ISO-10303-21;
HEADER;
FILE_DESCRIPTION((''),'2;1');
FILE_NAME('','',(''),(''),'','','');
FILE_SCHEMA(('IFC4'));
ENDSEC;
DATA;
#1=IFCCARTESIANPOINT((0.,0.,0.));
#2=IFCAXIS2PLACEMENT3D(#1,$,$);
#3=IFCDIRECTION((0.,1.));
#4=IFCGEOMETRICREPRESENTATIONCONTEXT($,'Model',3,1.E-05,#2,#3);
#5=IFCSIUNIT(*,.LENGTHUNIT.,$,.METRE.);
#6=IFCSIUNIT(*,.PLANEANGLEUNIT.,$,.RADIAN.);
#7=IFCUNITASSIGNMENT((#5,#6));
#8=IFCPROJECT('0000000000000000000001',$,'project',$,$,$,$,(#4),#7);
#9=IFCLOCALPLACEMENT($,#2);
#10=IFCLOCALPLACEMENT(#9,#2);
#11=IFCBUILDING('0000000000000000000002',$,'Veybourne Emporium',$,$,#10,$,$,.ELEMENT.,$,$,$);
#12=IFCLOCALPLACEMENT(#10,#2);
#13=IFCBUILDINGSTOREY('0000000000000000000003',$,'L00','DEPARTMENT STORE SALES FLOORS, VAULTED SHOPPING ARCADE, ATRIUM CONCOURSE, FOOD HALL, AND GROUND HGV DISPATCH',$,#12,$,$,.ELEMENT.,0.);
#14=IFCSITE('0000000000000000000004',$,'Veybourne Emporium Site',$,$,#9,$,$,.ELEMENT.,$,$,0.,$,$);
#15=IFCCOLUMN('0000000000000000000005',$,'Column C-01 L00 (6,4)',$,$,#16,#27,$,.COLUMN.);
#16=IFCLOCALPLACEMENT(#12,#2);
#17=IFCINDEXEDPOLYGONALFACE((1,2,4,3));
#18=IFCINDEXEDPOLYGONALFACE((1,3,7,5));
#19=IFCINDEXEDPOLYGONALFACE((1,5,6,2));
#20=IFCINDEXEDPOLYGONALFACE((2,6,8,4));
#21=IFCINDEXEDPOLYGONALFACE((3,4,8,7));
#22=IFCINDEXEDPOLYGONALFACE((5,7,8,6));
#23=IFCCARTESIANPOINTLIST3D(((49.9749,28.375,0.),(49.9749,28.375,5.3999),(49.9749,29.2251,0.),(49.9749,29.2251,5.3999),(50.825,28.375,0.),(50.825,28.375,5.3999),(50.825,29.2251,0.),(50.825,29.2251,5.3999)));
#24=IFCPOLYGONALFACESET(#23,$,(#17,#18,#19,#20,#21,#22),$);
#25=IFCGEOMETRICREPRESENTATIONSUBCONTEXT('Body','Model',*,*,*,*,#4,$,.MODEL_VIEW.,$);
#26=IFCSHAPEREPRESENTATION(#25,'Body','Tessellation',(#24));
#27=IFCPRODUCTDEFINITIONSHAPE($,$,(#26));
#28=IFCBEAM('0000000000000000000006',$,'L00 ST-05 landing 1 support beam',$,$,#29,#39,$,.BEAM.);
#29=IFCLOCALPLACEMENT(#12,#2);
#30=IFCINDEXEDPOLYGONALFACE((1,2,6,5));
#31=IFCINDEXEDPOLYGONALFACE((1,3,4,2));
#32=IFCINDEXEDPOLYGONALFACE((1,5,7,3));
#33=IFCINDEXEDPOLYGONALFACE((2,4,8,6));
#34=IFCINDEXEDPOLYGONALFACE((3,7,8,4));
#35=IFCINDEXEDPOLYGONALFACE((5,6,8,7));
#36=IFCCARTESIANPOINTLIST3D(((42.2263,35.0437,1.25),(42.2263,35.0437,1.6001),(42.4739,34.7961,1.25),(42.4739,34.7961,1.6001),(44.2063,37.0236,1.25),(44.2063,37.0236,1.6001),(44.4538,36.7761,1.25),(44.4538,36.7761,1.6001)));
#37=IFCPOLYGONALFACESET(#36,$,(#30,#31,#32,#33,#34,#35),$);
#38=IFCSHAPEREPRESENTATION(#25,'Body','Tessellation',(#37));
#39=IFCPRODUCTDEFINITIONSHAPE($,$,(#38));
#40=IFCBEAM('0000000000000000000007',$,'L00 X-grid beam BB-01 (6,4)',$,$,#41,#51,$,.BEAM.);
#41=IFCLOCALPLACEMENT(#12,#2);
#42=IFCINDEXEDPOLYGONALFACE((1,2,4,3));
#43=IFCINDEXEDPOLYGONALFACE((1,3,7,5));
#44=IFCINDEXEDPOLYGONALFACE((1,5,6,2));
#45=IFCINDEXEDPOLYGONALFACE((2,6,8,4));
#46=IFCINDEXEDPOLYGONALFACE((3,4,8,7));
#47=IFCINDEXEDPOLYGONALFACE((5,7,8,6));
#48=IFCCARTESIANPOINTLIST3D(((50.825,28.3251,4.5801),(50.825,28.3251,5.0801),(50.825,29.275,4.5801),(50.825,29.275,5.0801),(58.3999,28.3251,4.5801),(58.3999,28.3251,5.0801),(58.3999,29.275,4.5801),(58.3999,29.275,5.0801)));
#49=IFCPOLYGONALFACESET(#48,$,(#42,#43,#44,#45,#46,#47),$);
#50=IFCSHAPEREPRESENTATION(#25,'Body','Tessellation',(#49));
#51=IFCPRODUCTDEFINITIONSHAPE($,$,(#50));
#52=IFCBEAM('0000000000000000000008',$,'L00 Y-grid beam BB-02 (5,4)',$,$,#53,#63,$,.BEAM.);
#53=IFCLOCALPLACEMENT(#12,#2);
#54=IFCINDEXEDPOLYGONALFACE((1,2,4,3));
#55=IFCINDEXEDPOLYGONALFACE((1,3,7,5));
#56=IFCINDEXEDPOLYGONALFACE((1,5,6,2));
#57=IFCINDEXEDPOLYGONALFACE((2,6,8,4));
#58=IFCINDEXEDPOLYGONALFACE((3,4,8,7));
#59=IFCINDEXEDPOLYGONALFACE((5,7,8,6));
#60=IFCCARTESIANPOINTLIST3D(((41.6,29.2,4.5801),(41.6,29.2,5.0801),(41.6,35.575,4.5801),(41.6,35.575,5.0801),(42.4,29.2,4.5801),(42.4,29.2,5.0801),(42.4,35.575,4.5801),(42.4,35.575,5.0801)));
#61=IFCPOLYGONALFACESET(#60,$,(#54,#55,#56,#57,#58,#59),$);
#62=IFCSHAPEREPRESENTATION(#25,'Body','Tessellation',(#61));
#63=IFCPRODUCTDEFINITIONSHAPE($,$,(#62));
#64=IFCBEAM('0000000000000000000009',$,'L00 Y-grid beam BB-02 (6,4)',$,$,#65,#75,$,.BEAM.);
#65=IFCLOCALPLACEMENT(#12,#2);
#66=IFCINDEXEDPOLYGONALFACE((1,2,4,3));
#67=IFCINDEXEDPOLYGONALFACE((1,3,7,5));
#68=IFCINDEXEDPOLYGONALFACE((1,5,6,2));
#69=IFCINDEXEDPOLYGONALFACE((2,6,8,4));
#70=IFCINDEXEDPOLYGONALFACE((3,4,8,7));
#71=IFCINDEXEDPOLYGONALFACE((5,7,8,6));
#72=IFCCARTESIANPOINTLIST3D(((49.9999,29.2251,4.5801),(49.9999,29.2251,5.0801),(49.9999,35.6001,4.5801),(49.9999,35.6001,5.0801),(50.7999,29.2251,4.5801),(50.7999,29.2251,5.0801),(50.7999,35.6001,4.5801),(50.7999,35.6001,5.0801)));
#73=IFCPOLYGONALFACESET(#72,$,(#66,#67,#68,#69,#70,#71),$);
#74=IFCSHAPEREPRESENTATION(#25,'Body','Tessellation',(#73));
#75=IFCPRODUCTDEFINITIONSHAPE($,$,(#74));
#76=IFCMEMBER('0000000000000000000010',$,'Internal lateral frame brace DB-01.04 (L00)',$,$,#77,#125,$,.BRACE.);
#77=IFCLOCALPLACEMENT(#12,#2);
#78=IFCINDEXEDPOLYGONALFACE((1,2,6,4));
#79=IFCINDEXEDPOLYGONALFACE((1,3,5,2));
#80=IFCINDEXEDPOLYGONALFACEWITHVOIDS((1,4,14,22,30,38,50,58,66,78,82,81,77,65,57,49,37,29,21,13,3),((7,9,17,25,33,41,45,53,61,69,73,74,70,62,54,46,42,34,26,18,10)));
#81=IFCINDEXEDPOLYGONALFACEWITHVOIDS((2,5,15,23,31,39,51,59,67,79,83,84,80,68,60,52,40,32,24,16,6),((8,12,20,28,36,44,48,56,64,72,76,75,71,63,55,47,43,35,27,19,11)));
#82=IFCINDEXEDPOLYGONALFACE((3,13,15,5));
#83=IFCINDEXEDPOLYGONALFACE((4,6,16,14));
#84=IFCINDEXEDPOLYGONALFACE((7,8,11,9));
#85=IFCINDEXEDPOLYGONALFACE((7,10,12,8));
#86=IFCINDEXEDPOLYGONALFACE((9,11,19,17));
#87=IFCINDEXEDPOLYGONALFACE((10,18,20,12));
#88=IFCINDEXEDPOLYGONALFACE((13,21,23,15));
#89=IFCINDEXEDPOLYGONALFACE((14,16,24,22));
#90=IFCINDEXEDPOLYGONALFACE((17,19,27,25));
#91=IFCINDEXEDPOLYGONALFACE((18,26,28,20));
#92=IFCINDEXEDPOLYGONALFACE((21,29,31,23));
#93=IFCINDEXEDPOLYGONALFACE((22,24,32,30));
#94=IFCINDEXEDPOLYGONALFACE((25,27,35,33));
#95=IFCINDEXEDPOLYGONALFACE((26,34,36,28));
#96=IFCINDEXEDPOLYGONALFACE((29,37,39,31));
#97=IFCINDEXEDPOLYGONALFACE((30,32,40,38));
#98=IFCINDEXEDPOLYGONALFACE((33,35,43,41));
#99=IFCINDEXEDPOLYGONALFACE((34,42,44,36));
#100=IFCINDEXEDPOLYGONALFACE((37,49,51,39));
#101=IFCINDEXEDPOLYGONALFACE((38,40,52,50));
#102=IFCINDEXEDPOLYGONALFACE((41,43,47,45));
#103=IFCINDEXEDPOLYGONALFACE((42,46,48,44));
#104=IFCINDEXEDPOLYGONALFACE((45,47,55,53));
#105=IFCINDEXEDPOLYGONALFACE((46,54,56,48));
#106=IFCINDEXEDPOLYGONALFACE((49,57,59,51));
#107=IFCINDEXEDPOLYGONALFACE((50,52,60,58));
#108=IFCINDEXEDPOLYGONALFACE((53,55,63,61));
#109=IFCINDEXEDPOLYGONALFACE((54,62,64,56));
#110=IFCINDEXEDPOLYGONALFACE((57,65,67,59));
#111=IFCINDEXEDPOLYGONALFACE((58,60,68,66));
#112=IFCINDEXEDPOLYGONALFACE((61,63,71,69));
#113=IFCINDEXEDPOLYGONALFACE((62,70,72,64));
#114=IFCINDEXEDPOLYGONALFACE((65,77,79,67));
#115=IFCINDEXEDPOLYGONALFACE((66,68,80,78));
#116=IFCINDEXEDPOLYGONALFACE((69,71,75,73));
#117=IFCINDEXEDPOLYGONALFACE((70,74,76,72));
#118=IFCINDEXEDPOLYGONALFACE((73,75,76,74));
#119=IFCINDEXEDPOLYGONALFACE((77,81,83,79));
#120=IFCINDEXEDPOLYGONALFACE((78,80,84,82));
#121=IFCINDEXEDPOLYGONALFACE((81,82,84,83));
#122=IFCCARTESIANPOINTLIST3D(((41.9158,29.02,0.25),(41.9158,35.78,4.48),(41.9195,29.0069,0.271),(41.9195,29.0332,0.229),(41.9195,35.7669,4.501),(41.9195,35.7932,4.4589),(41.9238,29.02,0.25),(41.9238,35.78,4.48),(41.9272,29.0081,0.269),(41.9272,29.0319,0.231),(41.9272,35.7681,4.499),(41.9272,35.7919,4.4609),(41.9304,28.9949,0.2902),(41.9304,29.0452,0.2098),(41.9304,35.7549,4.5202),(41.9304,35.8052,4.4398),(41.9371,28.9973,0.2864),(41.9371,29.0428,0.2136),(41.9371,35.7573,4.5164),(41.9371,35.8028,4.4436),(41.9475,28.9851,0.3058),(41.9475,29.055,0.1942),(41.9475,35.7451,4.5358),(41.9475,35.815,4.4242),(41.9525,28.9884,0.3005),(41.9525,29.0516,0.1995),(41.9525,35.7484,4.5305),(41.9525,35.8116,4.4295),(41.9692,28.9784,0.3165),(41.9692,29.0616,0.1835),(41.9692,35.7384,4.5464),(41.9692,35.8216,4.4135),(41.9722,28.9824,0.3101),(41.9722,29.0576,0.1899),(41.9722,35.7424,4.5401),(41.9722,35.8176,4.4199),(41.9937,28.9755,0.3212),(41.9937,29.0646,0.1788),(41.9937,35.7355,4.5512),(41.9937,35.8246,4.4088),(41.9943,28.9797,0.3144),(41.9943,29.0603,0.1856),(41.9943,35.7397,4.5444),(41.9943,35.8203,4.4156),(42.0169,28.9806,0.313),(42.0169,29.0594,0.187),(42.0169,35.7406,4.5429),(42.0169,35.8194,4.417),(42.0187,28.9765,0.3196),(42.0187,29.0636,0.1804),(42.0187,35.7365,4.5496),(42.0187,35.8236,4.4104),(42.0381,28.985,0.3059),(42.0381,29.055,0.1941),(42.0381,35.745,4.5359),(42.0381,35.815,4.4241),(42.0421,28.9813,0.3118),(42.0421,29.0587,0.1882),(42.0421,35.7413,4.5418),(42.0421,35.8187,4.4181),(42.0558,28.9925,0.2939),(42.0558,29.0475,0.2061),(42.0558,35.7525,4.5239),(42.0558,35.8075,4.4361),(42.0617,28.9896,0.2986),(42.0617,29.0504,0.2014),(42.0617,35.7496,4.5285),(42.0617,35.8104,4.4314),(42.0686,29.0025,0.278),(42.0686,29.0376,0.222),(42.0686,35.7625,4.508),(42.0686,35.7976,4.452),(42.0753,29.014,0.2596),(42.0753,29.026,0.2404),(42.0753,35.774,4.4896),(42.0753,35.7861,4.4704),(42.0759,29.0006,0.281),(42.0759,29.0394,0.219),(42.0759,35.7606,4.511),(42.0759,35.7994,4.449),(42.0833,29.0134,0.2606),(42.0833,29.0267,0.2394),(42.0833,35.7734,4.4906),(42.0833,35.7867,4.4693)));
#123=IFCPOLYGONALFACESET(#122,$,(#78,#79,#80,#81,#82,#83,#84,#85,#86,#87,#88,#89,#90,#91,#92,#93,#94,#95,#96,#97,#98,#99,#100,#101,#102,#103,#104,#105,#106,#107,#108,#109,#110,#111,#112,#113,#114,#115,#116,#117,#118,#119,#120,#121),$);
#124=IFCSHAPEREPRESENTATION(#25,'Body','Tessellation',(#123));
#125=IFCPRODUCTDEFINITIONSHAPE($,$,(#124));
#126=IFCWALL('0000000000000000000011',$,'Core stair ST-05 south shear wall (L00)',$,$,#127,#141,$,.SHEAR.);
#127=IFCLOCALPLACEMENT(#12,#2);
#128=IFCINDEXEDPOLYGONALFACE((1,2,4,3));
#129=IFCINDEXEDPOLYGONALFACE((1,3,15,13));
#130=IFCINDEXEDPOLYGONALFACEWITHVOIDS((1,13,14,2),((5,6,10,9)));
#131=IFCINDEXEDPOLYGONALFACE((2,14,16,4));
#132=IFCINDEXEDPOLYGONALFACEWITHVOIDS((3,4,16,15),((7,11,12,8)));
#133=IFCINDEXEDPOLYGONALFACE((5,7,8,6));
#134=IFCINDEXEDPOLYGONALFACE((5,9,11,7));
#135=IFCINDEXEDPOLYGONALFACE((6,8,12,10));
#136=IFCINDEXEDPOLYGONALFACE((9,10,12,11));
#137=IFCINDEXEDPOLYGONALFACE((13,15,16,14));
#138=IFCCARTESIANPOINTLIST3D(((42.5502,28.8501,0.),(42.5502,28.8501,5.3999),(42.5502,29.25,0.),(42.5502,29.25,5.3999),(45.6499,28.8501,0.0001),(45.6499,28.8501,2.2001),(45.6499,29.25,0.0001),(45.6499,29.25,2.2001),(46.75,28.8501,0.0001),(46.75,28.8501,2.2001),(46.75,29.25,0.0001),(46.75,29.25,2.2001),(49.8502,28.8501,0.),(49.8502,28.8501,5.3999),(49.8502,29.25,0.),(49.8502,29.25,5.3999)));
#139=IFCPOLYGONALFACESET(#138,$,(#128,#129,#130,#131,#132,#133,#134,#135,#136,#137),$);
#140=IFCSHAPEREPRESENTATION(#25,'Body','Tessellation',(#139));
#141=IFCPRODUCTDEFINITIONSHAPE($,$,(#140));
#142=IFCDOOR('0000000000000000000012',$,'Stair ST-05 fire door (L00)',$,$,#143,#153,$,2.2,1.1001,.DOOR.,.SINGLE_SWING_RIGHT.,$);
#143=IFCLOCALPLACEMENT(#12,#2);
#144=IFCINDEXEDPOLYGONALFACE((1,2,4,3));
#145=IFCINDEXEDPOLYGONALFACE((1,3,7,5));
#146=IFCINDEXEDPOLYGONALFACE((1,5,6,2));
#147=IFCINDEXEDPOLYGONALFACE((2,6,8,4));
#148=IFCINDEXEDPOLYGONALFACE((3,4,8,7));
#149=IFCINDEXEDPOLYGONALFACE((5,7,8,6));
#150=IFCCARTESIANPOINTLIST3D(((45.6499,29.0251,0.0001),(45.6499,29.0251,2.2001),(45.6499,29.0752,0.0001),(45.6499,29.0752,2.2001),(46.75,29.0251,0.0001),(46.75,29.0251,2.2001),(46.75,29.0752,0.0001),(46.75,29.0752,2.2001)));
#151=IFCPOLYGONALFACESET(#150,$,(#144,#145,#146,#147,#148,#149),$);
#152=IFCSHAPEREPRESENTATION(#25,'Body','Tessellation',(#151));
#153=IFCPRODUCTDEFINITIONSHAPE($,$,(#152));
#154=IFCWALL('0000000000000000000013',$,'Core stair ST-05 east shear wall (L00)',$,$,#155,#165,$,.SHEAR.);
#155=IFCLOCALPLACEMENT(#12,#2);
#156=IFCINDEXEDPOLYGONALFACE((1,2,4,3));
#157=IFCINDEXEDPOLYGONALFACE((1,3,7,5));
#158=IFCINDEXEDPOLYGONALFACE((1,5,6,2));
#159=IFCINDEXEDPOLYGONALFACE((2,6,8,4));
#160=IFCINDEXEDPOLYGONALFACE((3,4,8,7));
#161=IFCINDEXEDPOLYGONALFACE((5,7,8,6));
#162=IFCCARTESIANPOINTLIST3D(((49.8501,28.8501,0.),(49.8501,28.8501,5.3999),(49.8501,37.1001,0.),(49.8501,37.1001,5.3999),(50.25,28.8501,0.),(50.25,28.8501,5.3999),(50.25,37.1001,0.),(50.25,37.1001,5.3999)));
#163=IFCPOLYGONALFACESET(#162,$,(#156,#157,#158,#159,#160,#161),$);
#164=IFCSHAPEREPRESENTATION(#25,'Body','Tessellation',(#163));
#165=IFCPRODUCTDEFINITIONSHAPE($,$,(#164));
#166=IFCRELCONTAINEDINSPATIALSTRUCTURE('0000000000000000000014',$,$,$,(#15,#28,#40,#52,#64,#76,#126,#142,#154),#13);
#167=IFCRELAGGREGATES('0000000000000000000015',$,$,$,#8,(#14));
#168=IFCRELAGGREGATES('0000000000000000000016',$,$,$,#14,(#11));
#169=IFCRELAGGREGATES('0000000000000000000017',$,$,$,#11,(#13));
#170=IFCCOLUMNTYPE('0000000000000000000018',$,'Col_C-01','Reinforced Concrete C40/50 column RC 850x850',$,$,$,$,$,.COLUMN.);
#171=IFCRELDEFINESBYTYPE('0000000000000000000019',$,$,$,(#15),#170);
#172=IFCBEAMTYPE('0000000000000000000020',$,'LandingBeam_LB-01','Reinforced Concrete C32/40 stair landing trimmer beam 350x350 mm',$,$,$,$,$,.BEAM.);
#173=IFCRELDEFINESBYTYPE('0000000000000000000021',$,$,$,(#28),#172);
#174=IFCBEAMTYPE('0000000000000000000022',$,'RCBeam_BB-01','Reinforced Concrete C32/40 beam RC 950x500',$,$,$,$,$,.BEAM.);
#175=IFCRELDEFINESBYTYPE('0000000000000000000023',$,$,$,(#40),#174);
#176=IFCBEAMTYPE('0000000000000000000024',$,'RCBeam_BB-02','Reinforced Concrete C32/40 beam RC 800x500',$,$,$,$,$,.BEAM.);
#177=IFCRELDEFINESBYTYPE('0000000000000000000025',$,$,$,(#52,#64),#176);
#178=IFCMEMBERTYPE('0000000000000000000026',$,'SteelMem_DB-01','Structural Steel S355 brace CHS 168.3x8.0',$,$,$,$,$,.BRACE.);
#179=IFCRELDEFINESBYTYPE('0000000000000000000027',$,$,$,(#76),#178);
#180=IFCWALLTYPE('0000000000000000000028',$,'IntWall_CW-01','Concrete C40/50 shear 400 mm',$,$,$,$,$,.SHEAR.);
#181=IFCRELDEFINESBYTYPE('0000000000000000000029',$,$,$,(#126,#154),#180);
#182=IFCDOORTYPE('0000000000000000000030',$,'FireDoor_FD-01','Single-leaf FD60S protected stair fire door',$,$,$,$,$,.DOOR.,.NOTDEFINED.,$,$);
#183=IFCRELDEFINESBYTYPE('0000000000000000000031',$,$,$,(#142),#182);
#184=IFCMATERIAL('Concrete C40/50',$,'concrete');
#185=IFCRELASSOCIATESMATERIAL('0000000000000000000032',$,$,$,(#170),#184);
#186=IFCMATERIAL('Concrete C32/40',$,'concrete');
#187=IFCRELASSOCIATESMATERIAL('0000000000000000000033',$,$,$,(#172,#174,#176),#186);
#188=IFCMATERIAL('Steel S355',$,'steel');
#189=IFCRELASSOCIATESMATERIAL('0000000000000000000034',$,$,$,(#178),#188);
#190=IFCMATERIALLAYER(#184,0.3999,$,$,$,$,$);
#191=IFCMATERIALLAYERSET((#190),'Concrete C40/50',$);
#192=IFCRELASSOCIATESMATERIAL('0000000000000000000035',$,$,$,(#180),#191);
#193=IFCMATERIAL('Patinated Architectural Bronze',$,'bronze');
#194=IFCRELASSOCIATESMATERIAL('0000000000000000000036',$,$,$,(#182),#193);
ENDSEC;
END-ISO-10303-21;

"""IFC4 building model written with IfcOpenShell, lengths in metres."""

from ifc_helpers import new_model, si_unit, direction, frame, frame_2d, origin, origin_2d, place, context, subcontext, project, spatial, rectangle, hollow_circle, extrude, material, layer, layer_set, material_profile, profile_set, type_object, element, fill, save


model = new_model("IFC4")

# Units and contexts
model_context = context("Model", 3, precision=1e-05, world=origin(), true_north=direction((0.0, 1.0)))
body_context = subcontext(model_context, "Body", "Model", "MODEL_VIEW")
ifc_project = project(units=[si_unit("LENGTHUNIT", "METRE"), si_unit("PLANEANGLEUNIT", "RADIAN")], contexts=[model_context])

# Site, building, storey
site_placement = place(None, origin())
site = spatial("IfcSite", under=ifc_project, at=site_placement, Name="Veybourne Emporium Site", CompositionType="ELEMENT", RefElevation=0.0)
building_placement = place(site_placement, origin())
building = spatial("IfcBuilding", under=site, at=building_placement, Name="Veybourne Emporium", CompositionType="ELEMENT")
storey_placement = place(building_placement, origin())
storey = spatial("IfcBuildingStorey", under=building, at=storey_placement, Name="L00", Description="DEPARTMENT STORE SALES FLOORS, VAULTED SHOPPING ARCADE, ATRIUM CONCOURSE, FOOD HALL, AND GROUND HGV DISPATCH", CompositionType="ELEMENT", Elevation=0.0)

# Column
ifc_material_1 = material(Name="Concrete C40/50", Category="concrete")
ifc_material_profile_1 = material_profile(ifc_material_1, rectangle(XDim=0.8501, YDim=0.8501, at=origin_2d()), Name="RC 850x850")
ifc_profile_set_1 = profile_set([ifc_material_profile_1], Name="Concrete C40/50")
column_type = type_object("IfcColumnType", Name="Col_C-01", Description="Reinforced Concrete C40/50 column RC 850x850", PredefinedType="COLUMN", material=ifc_profile_set_1)
column_placement = place(storey_placement, frame((50.3999, 28.8, 0.0), z_axis=(0.0, 0.0, 1.0), x_axis=(1.0, 0.0, 0.0)))
element("IfcColumn", 1, at=column_placement, inside=storey, type_object=column_type, Name="Column C-01 L00 (6,4)", PredefinedType="COLUMN", context=body_context, shape_type="SweptSolid", body=[
    extrude(rectangle(XDim=0.8501, YDim=0.8501, at=origin_2d()), origin(), (0.0, 0.0, 1.0), 5.3999),
])

# Beams
ifc_material_2 = material(Name="Concrete C32/40", Category="concrete")
ifc_material_profile_2 = material_profile(ifc_material_2, rectangle(XDim=0.3501, YDim=0.3501, at=origin_2d()), Name="RC 350x350")
ifc_profile_set_2 = profile_set([ifc_material_profile_2], Name="Concrete C32/40")
beam_type_1 = type_object("IfcBeamType", Name="LandingBeam_LB-01", Description="Reinforced Concrete C32/40 stair landing trimmer beam 350x350 mm", PredefinedType="BEAM", material=ifc_profile_set_2)
beam_1_placement = place(storey_placement, frame((42.3501, 34.9199, 1.425), z_axis=(0.707107, 0.707107, 0.0), x_axis=(-0.707107, 0.707107, 0.0)))
element("IfcBeam", 2, at=beam_1_placement, inside=storey, type_object=beam_type_1, Name="L00 ST-05 landing 1 support beam", PredefinedType="BEAM", context=body_context, shape_type="SweptSolid", body=[
    extrude(rectangle(XDim=0.3501, YDim=0.3501, at=origin_2d()), origin(), (0.0, 0.0, 1.0), 2.8),
])
ifc_material_profile_3 = material_profile(ifc_material_2, rectangle(XDim=0.95, YDim=0.5, at=origin_2d()), Name="RC 950x500")
ifc_profile_set_3 = profile_set([ifc_material_profile_3], Name="Concrete C32/40")
beam_type_2 = type_object("IfcBeamType", Name="RCBeam_BB-01", Description="Reinforced Concrete C32/40 beam RC 950x500", PredefinedType="BEAM", material=ifc_profile_set_3)
beam_2_placement = place(storey_placement, frame((50.825, 28.8, 4.8301), z_axis=(1.0, 0.0, 0.0), x_axis=(0.0, 1.0, 0.0)))
element("IfcBeam", 3, at=beam_2_placement, inside=storey, type_object=beam_type_2, Name="L00 X-grid beam BB-01 (6,4)", PredefinedType="BEAM", context=body_context, shape_type="SweptSolid", body=[
    extrude(rectangle(XDim=0.95, YDim=0.5, at=origin_2d()), origin(), (0.0, 0.0, 1.0), 7.575),
])
ifc_material_profile_4 = material_profile(ifc_material_2, rectangle(XDim=0.8, YDim=0.5, at=origin_2d()), Name="RC 800x500")
ifc_profile_set_4 = profile_set([ifc_material_profile_4], Name="Concrete C32/40")
beam_type_3 = type_object("IfcBeamType", Name="RCBeam_BB-02", Description="Reinforced Concrete C32/40 beam RC 800x500", PredefinedType="BEAM", material=ifc_profile_set_4)
for number, where, z_axis, x_axis, name in (
    (4, (42.0, 29.2, 4.8301), (0.0, 1.0, 0.0), (-1.0, 0.0, 0.0), "L00 Y-grid beam BB-02 (5,4)"),
    (5, (50.3999, 29.2251, 4.8301), (0.0, 1.0, 0.0), (-1.0, 0.0, 0.0), "L00 Y-grid beam BB-02 (6,4)"),
):
    element("IfcBeam", number, at=place(storey_placement, frame(where, z_axis=z_axis, x_axis=x_axis)), inside=storey, type_object=beam_type_3, Name=name, PredefinedType="BEAM", context=body_context, shape_type="SweptSolid", body=[
        extrude(rectangle(XDim=0.8, YDim=0.5, at=origin_2d()), origin(), (0.0, 0.0, 1.0), 6.375),
    ])

# Member
ifc_material_3 = material(Name="Steel S355", Category="steel")
ifc_material_profile_5 = material_profile(ifc_material_3, hollow_circle(Radius=0.0842, WallThickness=0.0081, at=origin_2d()), Name="CHS 168.3x8.0")
ifc_profile_set_5 = profile_set([ifc_material_profile_5], Name="Steel S355")
member_type = type_object("IfcMemberType", Name="SteelMem_DB-01", Description="Structural Steel S355 brace CHS 168.3x8.0", PredefinedType="BRACE", material=ifc_profile_set_5)
member_placement = place(storey_placement, frame((42.0, 29.02, 0.25), z_axis=(0.0, 0.847718, 0.530447), x_axis=(-1.0, 0.0, 0.0)))
element("IfcMember", 6, at=member_placement, inside=storey, type_object=member_type, Name="Internal lateral frame brace DB-01.04 (L00)", PredefinedType="BRACE", context=body_context, shape_type="SweptSolid", body=[
    extrude(hollow_circle(Radius=0.0842, WallThickness=0.0081, at=origin_2d()), origin(), (0.0, 0.0, 1.0), 7.9744),
])

# Wall, opening, door
ifc_layer = layer(ifc_material_1, 0.3999)
ifc_layer_set = layer_set([ifc_layer], Name="Concrete C40/50")
wall_type = type_object("IfcWallType", Name="IntWall_CW-01", Description="Concrete C40/50 shear 400 mm", PredefinedType="SHEAR", material=ifc_layer_set)
wall_1_placement = place(storey_placement, frame((49.8501, 29.05, 0.0), z_axis=(0.0, 0.0, 1.0), x_axis=(-1.0, 0.0, 0.0)))
wall_1 = element("IfcWall", 7, at=wall_1_placement, inside=storey, type_object=wall_type, Name="Core stair ST-05 south shear wall (L00)", PredefinedType="SHEAR", context=body_context, shape_type="SweptSolid", body=[
    extrude(rectangle(XDim=7.3, YDim=0.3999, at=frame_2d((3.6499, 0.0))), origin(), (0.0, 0.0, 1.0), 5.3999),
])
opening_placement = place(wall_1_placement, frame((3.1001, 0.0, 0.0)))
opening = element("IfcOpeningElement", 8, at=opening_placement, cuts=wall_1, PredefinedType="OPENING", context=body_context, shape_type="SweptSolid", body=[
    extrude(rectangle(XDim=1.1001, YDim=2.2, at=frame_2d((0.55, 1.1001))), frame((0.0, 0.22, 0.0), z_axis=(0.0, -1.0, 0.0), x_axis=(1.0, 0.0, 0.0)), (0.0, 0.0, 1.0), 0.4399),
])
ifc_material_4 = material(Name="Patinated Architectural Bronze", Category="bronze")
door_type = type_object("IfcDoorType", Name="FireDoor_FD-01", Description="Single-leaf FD60S protected stair fire door", OperationType="NOTDEFINED", PredefinedType="DOOR", material=ifc_material_4)
door_placement = place(opening_placement, origin())
door = element("IfcDoor", 9, at=door_placement, inside=storey, type_object=door_type, Name="Stair ST-05 fire door (L00)", OperationType="SINGLE_SWING_RIGHT", OverallHeight=2.2, OverallWidth=1.1001, PredefinedType="DOOR", context=body_context, shape_type="SweptSolid", body=[
    extrude(rectangle(XDim=1.1001, YDim=2.2, at=frame_2d((0.55, 1.1001))), frame((0.0, 0.0249, 0.0), z_axis=(0.0, -1.0, 0.0), x_axis=(1.0, 0.0, 0.0)), (0.0, 0.0, 1.0), 0.05),
])
fill(opening, door)

# Wall
wall_2_placement = place(storey_placement, frame((50.05, 28.8501, 0.0), z_axis=(0.0, 0.0, 1.0), x_axis=(0.0, 1.0, 0.0)))
element("IfcWall", 10, at=wall_2_placement, inside=storey, type_object=wall_type, Name="Core stair ST-05 east shear wall (L00)", PredefinedType="SHEAR", context=body_context, shape_type="SweptSolid", body=[
    extrude(rectangle(XDim=8.25, YDim=0.3999, at=frame_2d((4.125, 0.0))), origin(), (0.0, 0.0, 1.0), 5.3999),
])

save(model, "model.ifc")
